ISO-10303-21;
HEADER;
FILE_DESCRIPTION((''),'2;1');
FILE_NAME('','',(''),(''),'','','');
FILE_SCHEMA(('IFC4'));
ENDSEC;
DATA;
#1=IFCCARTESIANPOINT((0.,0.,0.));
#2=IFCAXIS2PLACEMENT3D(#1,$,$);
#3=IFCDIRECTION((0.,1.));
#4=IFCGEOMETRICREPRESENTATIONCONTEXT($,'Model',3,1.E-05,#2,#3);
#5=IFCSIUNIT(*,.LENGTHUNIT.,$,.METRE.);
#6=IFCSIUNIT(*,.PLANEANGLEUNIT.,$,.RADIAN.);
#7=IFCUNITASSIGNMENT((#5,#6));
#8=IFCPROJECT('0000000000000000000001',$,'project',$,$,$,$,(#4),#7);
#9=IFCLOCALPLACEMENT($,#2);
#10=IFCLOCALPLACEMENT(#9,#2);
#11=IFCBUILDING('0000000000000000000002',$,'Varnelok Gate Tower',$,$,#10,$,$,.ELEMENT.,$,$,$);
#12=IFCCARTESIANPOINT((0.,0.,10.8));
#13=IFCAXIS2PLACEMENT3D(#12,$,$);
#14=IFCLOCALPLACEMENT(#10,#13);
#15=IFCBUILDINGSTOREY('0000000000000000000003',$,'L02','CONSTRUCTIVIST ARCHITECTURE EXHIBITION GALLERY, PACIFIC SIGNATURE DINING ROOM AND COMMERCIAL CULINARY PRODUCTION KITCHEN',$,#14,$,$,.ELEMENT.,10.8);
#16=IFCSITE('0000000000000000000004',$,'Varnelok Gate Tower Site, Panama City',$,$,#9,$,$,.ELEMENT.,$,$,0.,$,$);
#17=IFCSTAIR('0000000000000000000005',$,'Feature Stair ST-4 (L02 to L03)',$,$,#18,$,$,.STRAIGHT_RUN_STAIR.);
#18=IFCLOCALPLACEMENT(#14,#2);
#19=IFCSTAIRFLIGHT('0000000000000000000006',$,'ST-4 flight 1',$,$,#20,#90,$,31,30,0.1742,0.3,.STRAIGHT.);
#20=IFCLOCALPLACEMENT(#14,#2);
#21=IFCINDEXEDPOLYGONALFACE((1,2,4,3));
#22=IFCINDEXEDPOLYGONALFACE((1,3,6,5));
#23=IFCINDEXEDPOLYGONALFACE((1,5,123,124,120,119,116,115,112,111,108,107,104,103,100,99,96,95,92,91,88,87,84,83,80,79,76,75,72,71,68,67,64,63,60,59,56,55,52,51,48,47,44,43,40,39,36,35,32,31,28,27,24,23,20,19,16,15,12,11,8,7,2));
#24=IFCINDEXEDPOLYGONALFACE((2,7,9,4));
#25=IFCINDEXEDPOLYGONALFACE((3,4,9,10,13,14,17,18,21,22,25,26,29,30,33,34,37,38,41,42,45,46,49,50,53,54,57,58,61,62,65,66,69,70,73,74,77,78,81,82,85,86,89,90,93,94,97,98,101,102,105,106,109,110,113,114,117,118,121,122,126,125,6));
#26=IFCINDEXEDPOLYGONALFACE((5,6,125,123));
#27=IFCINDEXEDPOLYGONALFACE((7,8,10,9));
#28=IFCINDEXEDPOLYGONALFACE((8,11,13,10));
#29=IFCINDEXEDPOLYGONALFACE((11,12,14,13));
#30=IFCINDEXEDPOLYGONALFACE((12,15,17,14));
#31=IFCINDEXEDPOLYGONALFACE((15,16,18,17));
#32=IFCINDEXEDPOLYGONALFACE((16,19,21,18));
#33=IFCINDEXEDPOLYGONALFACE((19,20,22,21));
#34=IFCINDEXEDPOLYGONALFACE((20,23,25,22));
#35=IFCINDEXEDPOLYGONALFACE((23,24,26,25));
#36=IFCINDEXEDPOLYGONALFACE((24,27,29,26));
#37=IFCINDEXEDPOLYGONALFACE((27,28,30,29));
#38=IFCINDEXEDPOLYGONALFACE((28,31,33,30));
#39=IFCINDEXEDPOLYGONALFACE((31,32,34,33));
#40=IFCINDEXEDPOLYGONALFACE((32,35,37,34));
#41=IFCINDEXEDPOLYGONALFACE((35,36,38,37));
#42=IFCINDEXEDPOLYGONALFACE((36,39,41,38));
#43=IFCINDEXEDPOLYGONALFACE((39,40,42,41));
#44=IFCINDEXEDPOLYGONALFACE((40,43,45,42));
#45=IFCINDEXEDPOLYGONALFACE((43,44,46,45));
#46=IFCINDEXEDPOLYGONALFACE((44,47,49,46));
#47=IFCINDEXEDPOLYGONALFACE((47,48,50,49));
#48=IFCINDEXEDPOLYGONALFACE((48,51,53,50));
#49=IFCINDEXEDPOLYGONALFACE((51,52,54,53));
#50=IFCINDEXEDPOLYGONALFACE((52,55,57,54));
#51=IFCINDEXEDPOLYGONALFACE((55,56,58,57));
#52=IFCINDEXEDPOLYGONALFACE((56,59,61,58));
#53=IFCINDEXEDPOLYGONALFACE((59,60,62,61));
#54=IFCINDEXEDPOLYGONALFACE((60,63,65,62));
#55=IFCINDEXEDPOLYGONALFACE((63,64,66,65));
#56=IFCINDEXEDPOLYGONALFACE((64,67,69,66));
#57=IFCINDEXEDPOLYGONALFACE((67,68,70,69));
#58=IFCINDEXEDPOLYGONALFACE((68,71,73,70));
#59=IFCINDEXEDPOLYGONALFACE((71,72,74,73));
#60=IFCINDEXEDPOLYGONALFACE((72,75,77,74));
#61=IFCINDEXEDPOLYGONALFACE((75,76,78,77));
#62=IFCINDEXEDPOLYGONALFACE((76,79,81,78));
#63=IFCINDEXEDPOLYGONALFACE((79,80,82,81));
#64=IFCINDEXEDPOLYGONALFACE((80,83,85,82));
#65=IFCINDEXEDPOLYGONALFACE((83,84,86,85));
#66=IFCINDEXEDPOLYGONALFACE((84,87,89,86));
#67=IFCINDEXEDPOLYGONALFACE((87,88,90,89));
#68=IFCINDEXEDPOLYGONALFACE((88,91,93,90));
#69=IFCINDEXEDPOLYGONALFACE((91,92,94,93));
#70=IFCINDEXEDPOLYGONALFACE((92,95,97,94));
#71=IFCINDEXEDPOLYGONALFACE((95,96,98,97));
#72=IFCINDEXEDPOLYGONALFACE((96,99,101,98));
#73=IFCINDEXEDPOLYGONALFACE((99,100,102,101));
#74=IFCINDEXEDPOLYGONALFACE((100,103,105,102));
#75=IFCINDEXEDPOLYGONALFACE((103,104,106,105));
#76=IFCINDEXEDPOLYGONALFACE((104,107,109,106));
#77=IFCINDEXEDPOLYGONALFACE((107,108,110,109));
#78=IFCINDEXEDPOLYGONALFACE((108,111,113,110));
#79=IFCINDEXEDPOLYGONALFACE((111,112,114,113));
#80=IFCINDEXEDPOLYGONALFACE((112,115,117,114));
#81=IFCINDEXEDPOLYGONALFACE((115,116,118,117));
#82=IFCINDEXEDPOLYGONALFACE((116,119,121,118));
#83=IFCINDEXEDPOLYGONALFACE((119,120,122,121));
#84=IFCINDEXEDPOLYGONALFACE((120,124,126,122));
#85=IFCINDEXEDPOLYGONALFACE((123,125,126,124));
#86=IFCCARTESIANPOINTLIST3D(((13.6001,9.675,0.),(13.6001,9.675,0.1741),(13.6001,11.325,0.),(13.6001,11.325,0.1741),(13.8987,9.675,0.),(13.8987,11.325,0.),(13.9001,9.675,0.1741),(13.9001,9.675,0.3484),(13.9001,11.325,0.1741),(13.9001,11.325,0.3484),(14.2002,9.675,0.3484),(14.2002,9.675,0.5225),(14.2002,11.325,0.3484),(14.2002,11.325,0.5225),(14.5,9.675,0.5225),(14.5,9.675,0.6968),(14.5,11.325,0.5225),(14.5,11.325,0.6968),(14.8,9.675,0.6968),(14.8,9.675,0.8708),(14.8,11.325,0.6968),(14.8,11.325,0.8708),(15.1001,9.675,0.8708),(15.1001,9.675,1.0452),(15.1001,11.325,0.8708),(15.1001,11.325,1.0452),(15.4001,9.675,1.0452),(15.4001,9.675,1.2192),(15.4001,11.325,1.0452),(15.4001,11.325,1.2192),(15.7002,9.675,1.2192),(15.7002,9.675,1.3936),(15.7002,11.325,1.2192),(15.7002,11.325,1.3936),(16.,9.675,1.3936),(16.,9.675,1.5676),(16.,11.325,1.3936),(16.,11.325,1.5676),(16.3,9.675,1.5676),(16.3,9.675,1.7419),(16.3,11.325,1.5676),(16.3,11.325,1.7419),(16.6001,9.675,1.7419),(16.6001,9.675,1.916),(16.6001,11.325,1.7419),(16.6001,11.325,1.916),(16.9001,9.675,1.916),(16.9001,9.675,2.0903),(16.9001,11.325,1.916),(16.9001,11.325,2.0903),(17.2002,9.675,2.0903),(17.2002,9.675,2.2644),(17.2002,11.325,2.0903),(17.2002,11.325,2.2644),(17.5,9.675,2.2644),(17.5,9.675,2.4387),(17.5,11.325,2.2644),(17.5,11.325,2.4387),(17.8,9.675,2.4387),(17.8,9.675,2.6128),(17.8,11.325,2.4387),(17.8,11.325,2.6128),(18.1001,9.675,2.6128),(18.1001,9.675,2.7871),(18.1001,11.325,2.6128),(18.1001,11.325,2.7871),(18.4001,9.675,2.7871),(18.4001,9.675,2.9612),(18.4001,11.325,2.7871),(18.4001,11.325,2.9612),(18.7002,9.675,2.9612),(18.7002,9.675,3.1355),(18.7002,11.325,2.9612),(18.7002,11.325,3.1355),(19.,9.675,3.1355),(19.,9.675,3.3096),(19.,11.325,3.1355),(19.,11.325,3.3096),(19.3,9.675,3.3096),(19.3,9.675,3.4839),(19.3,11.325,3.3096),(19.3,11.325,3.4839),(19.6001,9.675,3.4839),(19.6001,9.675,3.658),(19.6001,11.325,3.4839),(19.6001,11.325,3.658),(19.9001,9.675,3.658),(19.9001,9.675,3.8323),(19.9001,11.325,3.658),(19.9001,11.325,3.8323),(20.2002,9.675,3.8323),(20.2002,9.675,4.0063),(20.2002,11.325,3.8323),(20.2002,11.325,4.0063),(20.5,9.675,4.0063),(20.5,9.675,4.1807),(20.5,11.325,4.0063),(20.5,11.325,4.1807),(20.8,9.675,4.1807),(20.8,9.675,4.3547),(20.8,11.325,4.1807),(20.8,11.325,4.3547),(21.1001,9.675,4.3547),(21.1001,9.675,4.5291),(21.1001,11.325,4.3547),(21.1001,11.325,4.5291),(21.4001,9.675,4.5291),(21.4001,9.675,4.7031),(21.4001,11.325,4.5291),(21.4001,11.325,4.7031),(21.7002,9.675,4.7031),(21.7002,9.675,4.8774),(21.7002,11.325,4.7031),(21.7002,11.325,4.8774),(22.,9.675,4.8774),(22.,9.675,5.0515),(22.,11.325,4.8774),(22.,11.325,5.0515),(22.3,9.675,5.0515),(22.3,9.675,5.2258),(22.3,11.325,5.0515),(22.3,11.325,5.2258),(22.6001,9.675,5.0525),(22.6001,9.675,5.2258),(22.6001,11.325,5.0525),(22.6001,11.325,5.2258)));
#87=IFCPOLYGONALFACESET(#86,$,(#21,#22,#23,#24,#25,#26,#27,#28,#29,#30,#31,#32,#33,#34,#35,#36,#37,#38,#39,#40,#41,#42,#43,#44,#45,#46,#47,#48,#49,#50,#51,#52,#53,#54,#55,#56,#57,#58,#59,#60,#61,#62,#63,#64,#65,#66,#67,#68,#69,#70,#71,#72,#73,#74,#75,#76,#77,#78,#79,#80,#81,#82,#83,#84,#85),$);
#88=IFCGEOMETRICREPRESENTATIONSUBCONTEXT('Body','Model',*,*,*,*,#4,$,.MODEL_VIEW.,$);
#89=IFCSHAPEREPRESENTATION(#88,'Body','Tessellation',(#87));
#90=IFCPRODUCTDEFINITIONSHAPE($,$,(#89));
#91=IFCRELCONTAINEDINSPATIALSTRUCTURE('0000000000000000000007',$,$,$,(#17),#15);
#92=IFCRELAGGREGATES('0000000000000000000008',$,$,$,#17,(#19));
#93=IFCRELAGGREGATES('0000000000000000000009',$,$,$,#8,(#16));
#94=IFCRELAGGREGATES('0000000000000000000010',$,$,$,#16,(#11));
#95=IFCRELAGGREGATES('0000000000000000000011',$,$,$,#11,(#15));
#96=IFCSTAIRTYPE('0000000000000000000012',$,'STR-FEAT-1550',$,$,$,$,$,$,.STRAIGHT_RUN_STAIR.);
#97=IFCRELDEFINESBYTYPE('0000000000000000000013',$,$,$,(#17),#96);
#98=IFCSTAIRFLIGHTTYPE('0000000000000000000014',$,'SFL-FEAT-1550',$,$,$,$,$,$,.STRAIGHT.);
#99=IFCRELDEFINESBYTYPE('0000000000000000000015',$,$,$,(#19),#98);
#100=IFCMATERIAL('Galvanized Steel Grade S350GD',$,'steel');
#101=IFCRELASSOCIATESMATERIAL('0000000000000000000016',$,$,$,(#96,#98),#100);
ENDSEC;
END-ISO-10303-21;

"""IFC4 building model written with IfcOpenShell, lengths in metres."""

from ifc_helpers import new_model, si_unit, direction, frame, origin, place, context, subcontext, project, spatial, polyline, outline, extrude, material, type_object, element, aggregate, save


model = new_model("IFC4")

# Units and contexts
model_context = context("Model", 3, precision=1e-05, world=origin(), true_north=direction((0.0, 1.0)))
body_context = subcontext(model_context, "Body", "Model", "MODEL_VIEW")
ifc_project = project(units=[si_unit("LENGTHUNIT", "METRE"), si_unit("PLANEANGLEUNIT", "RADIAN")], contexts=[model_context])

# Site, building, storey
site_placement = place(None, origin())
site = spatial("IfcSite", under=ifc_project, at=site_placement, Name="Varnelok Gate Tower Site, Panama City", CompositionType="ELEMENT", RefElevation=0.0)
building_placement = place(site_placement, origin())
building = spatial("IfcBuilding", under=site, at=building_placement, Name="Varnelok Gate Tower", CompositionType="ELEMENT")
storey_placement = place(building_placement, frame((0.0, 0.0, 10.8)))
storey = spatial("IfcBuildingStorey", under=building, at=storey_placement, Name="L02", Description="CONSTRUCTIVIST ARCHITECTURE EXHIBITION GALLERY, PACIFIC SIGNATURE DINING ROOM AND COMMERCIAL CULINARY PRODUCTION KITCHEN", CompositionType="ELEMENT", Elevation=10.8)

# Stair, stair flight
ifc_material_1 = material(Name="Galvanized Steel Grade S350GD", Category="steel")
stair_type = type_object("IfcStairType", Name="STR-FEAT-1550", PredefinedType="STRAIGHT_RUN_STAIR", material=ifc_material_1)
stair_placement = place(storey_placement, origin())
stair = element("IfcStair", 1, at=stair_placement, inside=storey, type_object=stair_type, Name="Feature Stair ST-4 (L02 to L03)", PredefinedType="STRAIGHT_RUN_STAIR")
stair_flight_type = type_object("IfcStairFlightType", Name="SFL-FEAT-1550", PredefinedType="STRAIGHT", material=ifc_material_1)
stair_flight_placement = place(storey_placement, frame((13.6001, 10.5, 0.0), z_axis=(0.0, 0.0, 1.0), x_axis=(1.0, 0.0, 0.0)))
stair_flight = element("IfcStairFlight", 2, at=stair_flight_placement, type_object=stair_flight_type, Name="ST-4 flight 1", NumberOfRisers=31, NumberOfTreads=30, PredefinedType="STRAIGHT", RiserHeight=0.1742, TreadLength=0.3, context=body_context, shape_type="SweptSolid", body=[
    extrude(outline(polyline([(0.0, 0.0), (0.0, 0.1741), (0.3, 0.1741), (0.3, 0.3484), (0.6001, 0.3484), (0.6001, 0.5225), (0.8999, 0.5225), (0.8999, 0.6968), (1.2, 0.6968), (1.2, 0.8708), (1.5, 0.8708), (1.5, 1.0452), (1.8, 1.0452), (1.8, 1.2192), (2.1001, 1.2192), (2.1001, 1.3936), (2.3999, 1.3936), (2.3999, 1.5676), (2.7, 1.5676), (2.7, 1.7419), (3.0, 1.7419), (3.0, 1.916), (3.3, 1.916), (3.3, 2.0903), (3.6001, 2.0903), (3.6001, 2.2644), (3.8999, 2.2644), (3.8999, 2.4387), (4.2, 2.4387), (4.2, 2.6128), (4.5, 2.6128), (4.5, 2.7871), (4.8, 2.7871), (4.8, 2.9612), (5.1001, 2.9612), (5.1001, 3.1355), (5.3999, 3.1355), (5.3999, 3.3096), (5.7, 3.3096), (5.7, 3.4839), (6.0, 3.4839), (6.0, 3.658), (6.3, 3.658), (6.3, 3.8323), (6.6001, 3.8323), (6.6001, 4.0063), (6.8999, 4.0063), (6.8999, 4.1807), (7.2, 4.1807), (7.2, 4.3547), (7.5, 4.3547), (7.5, 4.5291), (7.8, 4.5291), (7.8, 4.7031), (8.1001, 4.7031), (8.1001, 4.8774), (8.3999, 4.8774), (8.3999, 5.0515), (8.7, 5.0515), (8.7, 5.2258), (9.0, 5.2258), (9.0, 5.3999), (9.0, 5.0525), (0.2986, 0.0), (0.0, 0.0)])), frame((0.0, 0.825, 0.0), z_axis=(0.0, -1.0, 0.0), x_axis=(1.0, 0.0, 0.0)), (0.0, 0.0, 1.0), 1.6499),
])
aggregate(stair, [stair_flight])

save(model, "model.ifc")
